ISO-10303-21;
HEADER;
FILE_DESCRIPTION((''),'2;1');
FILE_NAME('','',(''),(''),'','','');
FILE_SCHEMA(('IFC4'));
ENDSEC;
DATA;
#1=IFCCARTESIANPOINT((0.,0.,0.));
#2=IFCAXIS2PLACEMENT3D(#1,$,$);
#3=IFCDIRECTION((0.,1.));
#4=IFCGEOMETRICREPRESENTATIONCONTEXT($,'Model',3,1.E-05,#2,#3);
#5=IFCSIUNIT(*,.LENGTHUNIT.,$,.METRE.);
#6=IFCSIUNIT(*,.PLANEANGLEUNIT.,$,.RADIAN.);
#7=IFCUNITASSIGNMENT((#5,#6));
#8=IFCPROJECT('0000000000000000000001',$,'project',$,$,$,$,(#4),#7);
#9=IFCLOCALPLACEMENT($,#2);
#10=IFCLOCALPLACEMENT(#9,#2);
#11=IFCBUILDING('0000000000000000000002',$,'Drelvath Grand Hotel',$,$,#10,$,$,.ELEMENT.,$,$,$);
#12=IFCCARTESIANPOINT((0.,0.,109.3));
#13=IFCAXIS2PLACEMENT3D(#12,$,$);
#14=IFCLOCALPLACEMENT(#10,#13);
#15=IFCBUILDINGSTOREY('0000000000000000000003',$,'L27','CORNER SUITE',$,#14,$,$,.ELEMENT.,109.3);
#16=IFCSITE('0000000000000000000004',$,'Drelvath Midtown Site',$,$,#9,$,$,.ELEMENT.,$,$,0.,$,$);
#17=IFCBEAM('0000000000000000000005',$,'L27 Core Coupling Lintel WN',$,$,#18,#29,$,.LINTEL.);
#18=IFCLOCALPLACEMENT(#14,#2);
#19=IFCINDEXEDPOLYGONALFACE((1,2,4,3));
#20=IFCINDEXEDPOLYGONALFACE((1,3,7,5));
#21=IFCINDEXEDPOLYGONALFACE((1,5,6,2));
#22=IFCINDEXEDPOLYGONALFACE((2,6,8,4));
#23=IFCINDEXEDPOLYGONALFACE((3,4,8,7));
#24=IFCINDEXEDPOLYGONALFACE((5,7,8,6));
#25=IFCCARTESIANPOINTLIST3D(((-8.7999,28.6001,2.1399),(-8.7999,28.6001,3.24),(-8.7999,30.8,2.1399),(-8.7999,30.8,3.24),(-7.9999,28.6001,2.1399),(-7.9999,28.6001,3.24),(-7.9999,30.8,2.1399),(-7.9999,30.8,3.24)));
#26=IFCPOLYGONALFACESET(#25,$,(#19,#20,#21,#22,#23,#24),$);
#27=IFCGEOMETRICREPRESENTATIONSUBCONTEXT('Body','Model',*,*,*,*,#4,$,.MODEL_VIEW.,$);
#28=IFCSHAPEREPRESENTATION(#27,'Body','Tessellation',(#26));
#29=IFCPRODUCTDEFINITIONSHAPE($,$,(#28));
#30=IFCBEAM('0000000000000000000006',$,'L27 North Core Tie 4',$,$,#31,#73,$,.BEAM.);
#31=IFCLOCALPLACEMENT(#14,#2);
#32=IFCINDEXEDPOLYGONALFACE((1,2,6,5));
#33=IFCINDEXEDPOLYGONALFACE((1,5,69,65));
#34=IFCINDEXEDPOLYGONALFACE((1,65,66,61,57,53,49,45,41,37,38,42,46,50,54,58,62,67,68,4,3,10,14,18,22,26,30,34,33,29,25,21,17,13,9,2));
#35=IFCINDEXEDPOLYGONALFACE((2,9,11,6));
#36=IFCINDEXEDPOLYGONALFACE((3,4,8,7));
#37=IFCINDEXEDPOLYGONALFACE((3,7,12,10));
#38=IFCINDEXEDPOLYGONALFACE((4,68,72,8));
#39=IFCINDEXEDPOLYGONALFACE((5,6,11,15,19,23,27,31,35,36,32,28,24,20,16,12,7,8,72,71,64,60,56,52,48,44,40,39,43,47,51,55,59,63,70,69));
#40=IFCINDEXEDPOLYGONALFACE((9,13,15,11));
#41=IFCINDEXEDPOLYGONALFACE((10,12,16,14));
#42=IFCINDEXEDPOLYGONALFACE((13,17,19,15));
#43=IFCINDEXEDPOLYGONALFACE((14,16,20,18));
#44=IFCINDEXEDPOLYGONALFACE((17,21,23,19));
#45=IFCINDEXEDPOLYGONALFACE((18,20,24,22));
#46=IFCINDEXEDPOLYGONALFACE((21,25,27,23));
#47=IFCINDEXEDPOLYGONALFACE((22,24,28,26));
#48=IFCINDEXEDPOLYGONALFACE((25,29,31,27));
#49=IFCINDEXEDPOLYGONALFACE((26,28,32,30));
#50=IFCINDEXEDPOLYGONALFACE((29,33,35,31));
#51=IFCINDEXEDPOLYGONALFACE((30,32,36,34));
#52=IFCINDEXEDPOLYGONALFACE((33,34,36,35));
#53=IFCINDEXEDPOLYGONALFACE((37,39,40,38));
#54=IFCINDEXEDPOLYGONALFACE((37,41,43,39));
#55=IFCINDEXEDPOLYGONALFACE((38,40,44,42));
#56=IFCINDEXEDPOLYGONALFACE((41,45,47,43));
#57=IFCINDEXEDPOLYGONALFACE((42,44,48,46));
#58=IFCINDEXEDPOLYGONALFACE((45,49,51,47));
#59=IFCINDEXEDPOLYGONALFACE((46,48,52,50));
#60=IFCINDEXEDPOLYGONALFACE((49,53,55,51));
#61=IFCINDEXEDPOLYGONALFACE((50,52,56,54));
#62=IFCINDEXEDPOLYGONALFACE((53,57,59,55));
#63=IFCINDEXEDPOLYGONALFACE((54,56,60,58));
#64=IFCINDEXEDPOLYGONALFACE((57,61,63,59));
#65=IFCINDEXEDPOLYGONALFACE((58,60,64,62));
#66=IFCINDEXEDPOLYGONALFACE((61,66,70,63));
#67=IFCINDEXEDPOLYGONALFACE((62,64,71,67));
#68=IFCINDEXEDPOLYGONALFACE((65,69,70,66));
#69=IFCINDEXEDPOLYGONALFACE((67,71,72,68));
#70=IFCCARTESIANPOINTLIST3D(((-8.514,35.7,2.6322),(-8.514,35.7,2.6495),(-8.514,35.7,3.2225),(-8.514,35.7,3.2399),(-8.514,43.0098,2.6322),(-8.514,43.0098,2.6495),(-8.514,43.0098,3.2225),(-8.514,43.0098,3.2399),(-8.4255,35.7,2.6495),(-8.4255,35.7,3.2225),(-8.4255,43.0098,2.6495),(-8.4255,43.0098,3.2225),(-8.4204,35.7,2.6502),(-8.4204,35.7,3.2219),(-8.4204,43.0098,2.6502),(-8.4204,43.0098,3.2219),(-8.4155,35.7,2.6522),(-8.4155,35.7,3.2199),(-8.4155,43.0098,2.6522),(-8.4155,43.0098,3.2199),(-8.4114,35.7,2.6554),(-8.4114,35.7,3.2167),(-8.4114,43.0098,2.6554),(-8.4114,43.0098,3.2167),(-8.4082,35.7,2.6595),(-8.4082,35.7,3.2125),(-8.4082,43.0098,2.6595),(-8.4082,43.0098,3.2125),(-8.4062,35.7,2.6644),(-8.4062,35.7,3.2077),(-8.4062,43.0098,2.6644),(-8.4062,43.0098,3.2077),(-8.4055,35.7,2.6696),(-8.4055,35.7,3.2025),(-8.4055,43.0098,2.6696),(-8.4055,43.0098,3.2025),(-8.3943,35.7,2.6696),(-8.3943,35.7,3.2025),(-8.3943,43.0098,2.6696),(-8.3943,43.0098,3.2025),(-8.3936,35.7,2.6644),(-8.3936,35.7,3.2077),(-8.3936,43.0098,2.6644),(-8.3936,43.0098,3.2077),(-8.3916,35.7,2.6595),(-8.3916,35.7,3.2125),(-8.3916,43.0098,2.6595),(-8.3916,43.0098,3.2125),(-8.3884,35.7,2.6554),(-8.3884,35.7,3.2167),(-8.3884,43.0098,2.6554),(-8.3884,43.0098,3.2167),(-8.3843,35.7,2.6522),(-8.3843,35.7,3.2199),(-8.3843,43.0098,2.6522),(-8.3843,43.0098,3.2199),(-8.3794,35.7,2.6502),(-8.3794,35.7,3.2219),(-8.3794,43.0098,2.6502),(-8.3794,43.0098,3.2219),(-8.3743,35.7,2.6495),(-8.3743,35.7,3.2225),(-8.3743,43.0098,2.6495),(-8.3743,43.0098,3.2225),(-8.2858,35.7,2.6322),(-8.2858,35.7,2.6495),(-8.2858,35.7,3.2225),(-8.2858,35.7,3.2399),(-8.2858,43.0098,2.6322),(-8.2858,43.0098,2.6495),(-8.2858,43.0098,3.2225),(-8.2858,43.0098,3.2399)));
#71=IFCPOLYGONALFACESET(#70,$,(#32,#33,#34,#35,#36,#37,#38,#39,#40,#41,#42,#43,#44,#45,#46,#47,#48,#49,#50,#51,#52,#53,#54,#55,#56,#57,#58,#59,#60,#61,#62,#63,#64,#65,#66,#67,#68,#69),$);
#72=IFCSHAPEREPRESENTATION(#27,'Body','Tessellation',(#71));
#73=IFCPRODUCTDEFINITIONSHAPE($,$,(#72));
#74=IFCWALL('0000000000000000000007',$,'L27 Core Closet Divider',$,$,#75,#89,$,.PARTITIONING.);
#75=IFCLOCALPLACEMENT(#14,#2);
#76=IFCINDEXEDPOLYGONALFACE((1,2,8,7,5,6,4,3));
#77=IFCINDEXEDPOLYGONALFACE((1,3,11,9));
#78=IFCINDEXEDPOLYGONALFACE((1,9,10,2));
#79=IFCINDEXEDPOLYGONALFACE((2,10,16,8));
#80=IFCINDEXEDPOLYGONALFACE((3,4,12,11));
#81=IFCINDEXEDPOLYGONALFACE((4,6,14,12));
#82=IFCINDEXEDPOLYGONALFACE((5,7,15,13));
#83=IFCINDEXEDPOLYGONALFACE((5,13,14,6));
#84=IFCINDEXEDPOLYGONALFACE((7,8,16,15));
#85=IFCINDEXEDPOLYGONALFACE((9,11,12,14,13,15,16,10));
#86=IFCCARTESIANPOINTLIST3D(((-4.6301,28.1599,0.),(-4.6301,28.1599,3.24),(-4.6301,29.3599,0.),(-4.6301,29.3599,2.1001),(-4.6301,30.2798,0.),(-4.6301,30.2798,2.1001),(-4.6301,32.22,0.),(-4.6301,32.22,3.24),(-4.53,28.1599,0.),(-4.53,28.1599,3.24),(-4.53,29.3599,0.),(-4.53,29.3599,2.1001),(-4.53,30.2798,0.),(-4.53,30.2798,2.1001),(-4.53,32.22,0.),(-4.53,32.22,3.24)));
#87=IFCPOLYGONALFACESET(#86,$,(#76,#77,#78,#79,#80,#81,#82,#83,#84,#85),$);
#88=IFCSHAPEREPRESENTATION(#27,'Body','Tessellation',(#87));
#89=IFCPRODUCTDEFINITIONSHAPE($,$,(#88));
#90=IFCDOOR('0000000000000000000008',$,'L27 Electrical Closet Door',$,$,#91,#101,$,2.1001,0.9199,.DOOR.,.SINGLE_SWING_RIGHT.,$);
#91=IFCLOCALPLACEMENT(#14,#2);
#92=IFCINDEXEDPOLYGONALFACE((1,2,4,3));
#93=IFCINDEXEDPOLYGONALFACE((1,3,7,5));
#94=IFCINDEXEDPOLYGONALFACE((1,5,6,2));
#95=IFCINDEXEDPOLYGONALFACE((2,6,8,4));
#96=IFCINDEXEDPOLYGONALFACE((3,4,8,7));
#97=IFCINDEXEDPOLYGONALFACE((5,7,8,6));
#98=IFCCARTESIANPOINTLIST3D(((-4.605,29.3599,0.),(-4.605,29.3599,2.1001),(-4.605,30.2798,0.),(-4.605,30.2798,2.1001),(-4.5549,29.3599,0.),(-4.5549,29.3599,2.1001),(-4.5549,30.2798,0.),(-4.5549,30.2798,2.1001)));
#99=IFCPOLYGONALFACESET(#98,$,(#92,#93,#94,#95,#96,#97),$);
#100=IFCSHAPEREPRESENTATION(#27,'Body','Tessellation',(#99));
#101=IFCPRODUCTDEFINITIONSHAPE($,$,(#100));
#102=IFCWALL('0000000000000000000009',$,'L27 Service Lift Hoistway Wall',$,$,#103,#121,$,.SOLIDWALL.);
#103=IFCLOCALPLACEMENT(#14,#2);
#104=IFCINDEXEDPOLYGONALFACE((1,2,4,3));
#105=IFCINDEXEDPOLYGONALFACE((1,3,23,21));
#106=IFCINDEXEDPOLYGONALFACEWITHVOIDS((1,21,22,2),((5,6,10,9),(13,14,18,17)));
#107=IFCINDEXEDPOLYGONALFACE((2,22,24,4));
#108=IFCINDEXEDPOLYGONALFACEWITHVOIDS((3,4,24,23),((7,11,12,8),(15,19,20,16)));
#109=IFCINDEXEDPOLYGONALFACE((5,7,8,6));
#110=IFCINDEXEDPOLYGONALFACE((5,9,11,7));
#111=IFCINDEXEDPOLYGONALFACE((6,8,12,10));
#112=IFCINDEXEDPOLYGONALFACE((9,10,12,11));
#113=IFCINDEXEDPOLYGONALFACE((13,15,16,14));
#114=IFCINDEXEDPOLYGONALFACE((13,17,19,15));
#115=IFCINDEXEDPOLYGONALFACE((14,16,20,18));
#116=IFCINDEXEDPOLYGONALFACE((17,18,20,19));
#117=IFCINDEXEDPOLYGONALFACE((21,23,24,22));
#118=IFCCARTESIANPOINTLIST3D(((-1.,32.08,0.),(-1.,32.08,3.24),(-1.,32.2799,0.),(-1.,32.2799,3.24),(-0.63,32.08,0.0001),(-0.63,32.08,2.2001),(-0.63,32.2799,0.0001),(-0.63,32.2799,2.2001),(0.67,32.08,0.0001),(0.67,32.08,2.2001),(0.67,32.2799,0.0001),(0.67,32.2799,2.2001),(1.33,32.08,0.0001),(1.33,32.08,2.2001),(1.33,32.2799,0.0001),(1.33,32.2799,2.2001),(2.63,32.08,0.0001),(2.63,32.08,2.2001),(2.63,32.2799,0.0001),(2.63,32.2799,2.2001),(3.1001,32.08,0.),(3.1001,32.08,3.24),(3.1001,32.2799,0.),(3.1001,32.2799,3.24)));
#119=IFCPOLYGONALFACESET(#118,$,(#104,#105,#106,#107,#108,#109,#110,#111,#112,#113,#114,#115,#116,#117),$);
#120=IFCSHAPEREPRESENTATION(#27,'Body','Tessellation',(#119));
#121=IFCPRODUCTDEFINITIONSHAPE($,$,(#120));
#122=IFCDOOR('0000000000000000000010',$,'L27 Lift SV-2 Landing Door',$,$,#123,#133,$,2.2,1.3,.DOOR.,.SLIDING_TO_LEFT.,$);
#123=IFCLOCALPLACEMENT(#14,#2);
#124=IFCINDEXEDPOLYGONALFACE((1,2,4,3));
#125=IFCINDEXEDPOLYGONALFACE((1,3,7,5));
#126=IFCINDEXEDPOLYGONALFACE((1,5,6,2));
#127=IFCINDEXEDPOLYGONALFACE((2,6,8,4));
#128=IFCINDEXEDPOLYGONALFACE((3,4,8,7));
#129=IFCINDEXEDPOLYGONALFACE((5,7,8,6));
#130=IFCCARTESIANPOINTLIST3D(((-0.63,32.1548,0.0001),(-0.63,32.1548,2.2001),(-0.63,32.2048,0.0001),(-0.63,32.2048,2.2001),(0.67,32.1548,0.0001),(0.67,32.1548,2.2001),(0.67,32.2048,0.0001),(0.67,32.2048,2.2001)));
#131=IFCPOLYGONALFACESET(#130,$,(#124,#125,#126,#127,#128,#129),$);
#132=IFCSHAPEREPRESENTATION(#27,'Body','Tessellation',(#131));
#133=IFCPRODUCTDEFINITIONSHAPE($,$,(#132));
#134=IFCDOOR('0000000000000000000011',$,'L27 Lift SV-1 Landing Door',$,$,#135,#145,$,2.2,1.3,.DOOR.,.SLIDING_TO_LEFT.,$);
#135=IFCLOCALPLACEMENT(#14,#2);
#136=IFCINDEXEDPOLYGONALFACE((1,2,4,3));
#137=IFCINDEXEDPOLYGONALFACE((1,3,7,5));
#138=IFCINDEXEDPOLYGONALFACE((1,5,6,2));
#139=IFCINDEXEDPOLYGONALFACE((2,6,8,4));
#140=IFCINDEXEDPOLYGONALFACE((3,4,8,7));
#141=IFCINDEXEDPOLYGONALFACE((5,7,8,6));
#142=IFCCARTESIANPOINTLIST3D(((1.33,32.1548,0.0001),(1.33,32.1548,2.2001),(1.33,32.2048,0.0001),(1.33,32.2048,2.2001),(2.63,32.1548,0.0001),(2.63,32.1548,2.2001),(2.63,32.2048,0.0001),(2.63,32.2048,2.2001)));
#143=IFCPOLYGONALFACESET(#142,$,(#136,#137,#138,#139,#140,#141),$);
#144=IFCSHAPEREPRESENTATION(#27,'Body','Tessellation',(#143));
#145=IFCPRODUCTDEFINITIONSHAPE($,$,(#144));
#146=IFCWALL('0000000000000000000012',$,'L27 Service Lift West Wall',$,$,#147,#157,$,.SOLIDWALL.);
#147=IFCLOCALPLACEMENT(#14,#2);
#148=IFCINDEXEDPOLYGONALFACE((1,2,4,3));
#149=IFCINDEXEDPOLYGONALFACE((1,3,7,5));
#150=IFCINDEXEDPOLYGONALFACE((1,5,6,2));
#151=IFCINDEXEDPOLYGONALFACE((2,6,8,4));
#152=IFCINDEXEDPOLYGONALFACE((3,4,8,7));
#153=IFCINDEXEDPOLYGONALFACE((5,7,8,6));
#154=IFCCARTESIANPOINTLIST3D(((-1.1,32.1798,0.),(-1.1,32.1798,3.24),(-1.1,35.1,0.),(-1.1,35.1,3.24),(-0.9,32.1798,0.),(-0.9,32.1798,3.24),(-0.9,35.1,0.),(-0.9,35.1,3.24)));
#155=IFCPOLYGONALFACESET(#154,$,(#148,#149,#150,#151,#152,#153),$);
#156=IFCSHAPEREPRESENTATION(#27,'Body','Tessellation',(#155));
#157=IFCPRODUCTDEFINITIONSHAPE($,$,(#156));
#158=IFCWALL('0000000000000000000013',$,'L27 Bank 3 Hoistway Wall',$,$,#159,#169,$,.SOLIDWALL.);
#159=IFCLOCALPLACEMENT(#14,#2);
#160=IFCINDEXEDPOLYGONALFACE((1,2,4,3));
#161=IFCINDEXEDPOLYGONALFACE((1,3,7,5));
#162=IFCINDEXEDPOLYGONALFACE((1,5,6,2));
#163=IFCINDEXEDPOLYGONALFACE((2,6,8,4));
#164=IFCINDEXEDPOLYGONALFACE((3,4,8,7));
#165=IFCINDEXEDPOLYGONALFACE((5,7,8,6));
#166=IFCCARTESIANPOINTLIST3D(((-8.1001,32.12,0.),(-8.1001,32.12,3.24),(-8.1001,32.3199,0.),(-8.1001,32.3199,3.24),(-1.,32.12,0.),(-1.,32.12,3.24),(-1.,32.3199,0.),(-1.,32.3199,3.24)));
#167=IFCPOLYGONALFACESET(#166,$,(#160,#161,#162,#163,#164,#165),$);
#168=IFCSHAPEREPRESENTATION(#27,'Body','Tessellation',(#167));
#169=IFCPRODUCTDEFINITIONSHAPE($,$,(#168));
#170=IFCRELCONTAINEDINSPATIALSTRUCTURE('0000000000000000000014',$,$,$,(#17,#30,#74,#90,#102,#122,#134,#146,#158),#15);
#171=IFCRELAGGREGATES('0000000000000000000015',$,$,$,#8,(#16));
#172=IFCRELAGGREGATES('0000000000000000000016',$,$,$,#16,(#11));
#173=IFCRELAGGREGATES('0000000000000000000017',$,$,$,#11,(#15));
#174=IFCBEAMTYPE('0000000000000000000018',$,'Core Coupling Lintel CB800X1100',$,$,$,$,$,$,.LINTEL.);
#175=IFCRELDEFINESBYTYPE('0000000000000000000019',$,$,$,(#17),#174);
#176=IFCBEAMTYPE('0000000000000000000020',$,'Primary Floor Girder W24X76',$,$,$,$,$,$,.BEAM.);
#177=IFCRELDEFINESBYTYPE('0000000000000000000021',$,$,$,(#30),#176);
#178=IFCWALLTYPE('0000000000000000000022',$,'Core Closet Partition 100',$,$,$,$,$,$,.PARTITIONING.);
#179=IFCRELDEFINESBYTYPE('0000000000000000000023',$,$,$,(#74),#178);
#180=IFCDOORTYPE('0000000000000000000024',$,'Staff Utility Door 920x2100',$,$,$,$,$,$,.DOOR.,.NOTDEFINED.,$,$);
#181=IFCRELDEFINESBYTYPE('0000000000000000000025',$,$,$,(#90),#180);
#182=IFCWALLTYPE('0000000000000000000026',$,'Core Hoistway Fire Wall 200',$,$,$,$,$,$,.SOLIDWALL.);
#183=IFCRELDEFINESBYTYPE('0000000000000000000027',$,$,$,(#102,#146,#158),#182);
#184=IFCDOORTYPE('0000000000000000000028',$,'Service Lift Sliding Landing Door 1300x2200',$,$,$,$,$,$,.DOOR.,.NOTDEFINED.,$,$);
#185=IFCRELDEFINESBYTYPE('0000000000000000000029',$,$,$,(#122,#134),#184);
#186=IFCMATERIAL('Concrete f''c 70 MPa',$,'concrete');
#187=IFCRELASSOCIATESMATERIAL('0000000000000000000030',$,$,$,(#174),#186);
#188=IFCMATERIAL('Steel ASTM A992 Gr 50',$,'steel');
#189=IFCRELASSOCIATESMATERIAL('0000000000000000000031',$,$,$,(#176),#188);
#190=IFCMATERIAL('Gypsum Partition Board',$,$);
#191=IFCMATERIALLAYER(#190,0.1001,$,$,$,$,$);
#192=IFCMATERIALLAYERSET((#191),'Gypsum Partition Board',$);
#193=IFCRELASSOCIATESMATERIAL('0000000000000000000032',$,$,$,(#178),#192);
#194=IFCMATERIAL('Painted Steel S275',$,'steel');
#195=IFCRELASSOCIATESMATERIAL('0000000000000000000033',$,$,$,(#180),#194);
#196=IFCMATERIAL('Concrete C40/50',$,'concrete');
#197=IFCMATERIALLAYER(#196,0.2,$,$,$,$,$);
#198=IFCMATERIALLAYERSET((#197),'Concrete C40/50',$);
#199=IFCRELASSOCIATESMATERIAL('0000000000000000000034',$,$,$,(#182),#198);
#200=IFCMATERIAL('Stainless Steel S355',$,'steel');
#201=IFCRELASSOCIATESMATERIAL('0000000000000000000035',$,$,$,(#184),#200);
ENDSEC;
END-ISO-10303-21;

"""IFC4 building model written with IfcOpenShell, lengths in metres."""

from ifc_helpers import new_model, si_unit, direction, frame, frame_2d, origin, origin_2d, place, context, subcontext, project, spatial, rectangle, i_section, extrude, material, layer, layer_set, material_profile, profile_set, type_object, element, fill, save


model = new_model("IFC4")

# Units and contexts
model_context = context("Model", 3, precision=1e-05, world=origin(), true_north=direction((0.0, 1.0)))
body_context = subcontext(model_context, "Body", "Model", "MODEL_VIEW")
ifc_project = project(units=[si_unit("LENGTHUNIT", "METRE"), si_unit("PLANEANGLEUNIT", "RADIAN")], contexts=[model_context])

# Site, building, storey
site_placement = place(None, origin())
site = spatial("IfcSite", under=ifc_project, at=site_placement, Name="Drelvath Midtown Site", CompositionType="ELEMENT", RefElevation=0.0)
building_placement = place(site_placement, origin())
building = spatial("IfcBuilding", under=site, at=building_placement, Name="Drelvath Grand Hotel", CompositionType="ELEMENT")
storey_placement = place(building_placement, frame((0.0, 0.0, 109.3)))
storey = spatial("IfcBuildingStorey", under=building, at=storey_placement, Name="L27", Description="CORNER SUITE", CompositionType="ELEMENT", Elevation=109.3)

# Beams
ifc_material_1 = material(Name="Concrete f'c 70 MPa", Category="concrete")
ifc_material_profile_1 = material_profile(ifc_material_1, rectangle(XDim=0.8, YDim=1.1001, at=origin_2d()), Name="CB800X1100")
ifc_profile_set_1 = profile_set([ifc_material_profile_1], Name="Concrete f'c 70 MPa")
beam_type_1 = type_object("IfcBeamType", Name="Core Coupling Lintel CB800X1100", PredefinedType="LINTEL", material=ifc_profile_set_1)
beam_1_placement = place(storey_placement, frame((-8.3999, 28.6001, 2.6899), z_axis=(0.0, 1.0, 0.0), x_axis=(-1.0, 0.0, 0.0)))
element("IfcBeam", 1, at=beam_1_placement, inside=storey, type_object=beam_type_1, Name="L27 Core Coupling Lintel WN", PredefinedType="LINTEL", context=body_context, shape_type="SweptSolid", body=[
    extrude(rectangle(XDim=0.8, YDim=1.1001, at=origin_2d()), origin(), (0.0, 0.0, 1.0), 2.2),
])
ifc_material_2 = material(Name="Steel ASTM A992 Gr 50", Category="steel")
ifc_material_profile_2 = material_profile(ifc_material_2, i_section(OverallWidth=0.2283, OverallDepth=0.6077, WebThickness=0.0112, FlangeThickness=0.0173, FilletRadius=0.02, at=origin_2d()), Name="W24X76")
ifc_profile_set_2 = profile_set([ifc_material_profile_2], Name="Steel ASTM A992 Gr 50")
beam_type_2 = type_object("IfcBeamType", Name="Primary Floor Girder W24X76", PredefinedType="BEAM", material=ifc_profile_set_2)
beam_2_placement = place(storey_placement, frame((-8.3999, 35.7, 2.936), z_axis=(0.0, 1.0, 0.0), x_axis=(-1.0, 0.0, 0.0)))
element("IfcBeam", 2, at=beam_2_placement, inside=storey, type_object=beam_type_2, Name="L27 North Core Tie 4", PredefinedType="BEAM", context=body_context, shape_type="SweptSolid", body=[
    extrude(i_section(OverallWidth=0.2283, OverallDepth=0.6077, WebThickness=0.0112, FlangeThickness=0.0173, FilletRadius=0.02, at=origin_2d()), origin(), (0.0, 0.0, 1.0), 7.3098),
])

# Wall, opening, door
ifc_material_3 = material(Name="Gypsum Partition Board")
ifc_layer_1 = layer(ifc_material_3, 0.1001)
ifc_layer_set_1 = layer_set([ifc_layer_1], Name="Gypsum Partition Board")
wall_type_1 = type_object("IfcWallType", Name="Core Closet Partition 100", PredefinedType="PARTITIONING", material=ifc_layer_set_1)
wall_1_placement = place(storey_placement, frame((-4.5801, 28.1599, 0.0), z_axis=(0.0, 0.0, 1.0), x_axis=(0.0, 1.0, 0.0)))
wall_1 = element("IfcWall", 3, at=wall_1_placement, inside=storey, type_object=wall_type_1, Name="L27 Core Closet Divider", PredefinedType="PARTITIONING", context=body_context, shape_type="SweptSolid", body=[
    extrude(rectangle(XDim=4.0601, YDim=0.1001, at=frame_2d((2.03, 0.0))), origin(), (0.0, 0.0, 1.0), 3.24),
])
opening_1_placement = place(wall_1_placement, frame((1.2, 0.0, 0.0)))
opening_1 = element("IfcOpeningElement", 4, at=opening_1_placement, cuts=wall_1, PredefinedType="OPENING", context=body_context, shape_type="SweptSolid", body=[
    extrude(rectangle(XDim=0.9199, YDim=2.1001, at=frame_2d((0.46, 1.05))), frame((0.0, 0.0601, 0.0), z_axis=(0.0, -1.0, 0.0), x_axis=(1.0, 0.0, 0.0)), (0.0, 0.0, 1.0), 0.1201),
])
ifc_material_4 = material(Name="Painted Steel S275", Category="steel")
door_type_1 = type_object("IfcDoorType", Name="Staff Utility Door 920x2100", OperationType="NOTDEFINED", PredefinedType="DOOR", material=ifc_material_4)
door_1_placement = place(opening_1_placement, origin())
door_1 = element("IfcDoor", 5, at=door_1_placement, inside=storey, type_object=door_type_1, Name="L27 Electrical Closet Door", OperationType="SINGLE_SWING_RIGHT", OverallHeight=2.1001, OverallWidth=0.9199, PredefinedType="DOOR", context=body_context, shape_type="SweptSolid", body=[
    extrude(rectangle(XDim=0.9199, YDim=2.1001, at=frame_2d((0.46, 1.05))), frame((0.0, 0.0249, 0.0), z_axis=(0.0, -1.0, 0.0), x_axis=(1.0, 0.0, 0.0)), (0.0, 0.0, 1.0), 0.05),
])
fill(opening_1, door_1)

# Wall, openings, doors
ifc_material_5 = material(Name="Concrete C40/50", Category="concrete")
ifc_layer_2 = layer(ifc_material_5, 0.2)
ifc_layer_set_2 = layer_set([ifc_layer_2], Name="Concrete C40/50")
wall_type_2 = type_object("IfcWallType", Name="Core Hoistway Fire Wall 200", PredefinedType="SOLIDWALL", material=ifc_layer_set_2)
wall_2_placement = place(storey_placement, frame((-1.0, 32.1799, 0.0), z_axis=(0.0, 0.0, 1.0), x_axis=(1.0, 0.0, 0.0)))
wall_2 = element("IfcWall", 6, at=wall_2_placement, inside=storey, type_object=wall_type_2, Name="L27 Service Lift Hoistway Wall", PredefinedType="SOLIDWALL", context=body_context, shape_type="SweptSolid", body=[
    extrude(rectangle(XDim=4.1001, YDim=0.2, at=frame_2d((2.05, 0.0))), origin(), (0.0, 0.0, 1.0), 3.24),
])
opening_2_placement = place(wall_2_placement, frame((0.3701, 0.0, 0.0)))
opening_2 = element("IfcOpeningElement", 7, at=opening_2_placement, cuts=wall_2, PredefinedType="OPENING", context=body_context, shape_type="SweptSolid", body=[
    extrude(rectangle(XDim=1.3, YDim=2.2, at=frame_2d((0.6499, 1.1001))), frame((0.0, 0.1099, 0.0), z_axis=(0.0, -1.0, 0.0), x_axis=(1.0, 0.0, 0.0)), (0.0, 0.0, 1.0), 0.22),
])
opening_3_placement = place(wall_2_placement, frame((2.3301, 0.0, 0.0)))
opening_3 = element("IfcOpeningElement", 8, at=opening_3_placement, cuts=wall_2, PredefinedType="OPENING", context=body_context, shape_type="SweptSolid", body=[
    extrude(rectangle(XDim=1.3, YDim=2.2, at=frame_2d((0.6499, 1.1001))), frame((0.0, 0.1099, 0.0), z_axis=(0.0, -1.0, 0.0), x_axis=(1.0, 0.0, 0.0)), (0.0, 0.0, 1.0), 0.22),
])
ifc_material_6 = material(Name="Stainless Steel S355", Category="steel")
door_type_2 = type_object("IfcDoorType", Name="Service Lift Sliding Landing Door 1300x2200", OperationType="NOTDEFINED", PredefinedType="DOOR", material=ifc_material_6)
door_2_placement = place(opening_2_placement, origin())
door_2 = element("IfcDoor", 9, at=door_2_placement, inside=storey, type_object=door_type_2, Name="L27 Lift SV-2 Landing Door", OperationType="SLIDING_TO_LEFT", OverallHeight=2.2, OverallWidth=1.3, PredefinedType="DOOR", context=body_context, shape_type="SweptSolid", body=[
    extrude(rectangle(XDim=1.3, YDim=2.2, at=frame_2d((0.6499, 1.1001))), frame((0.0, 0.0249, 0.0), z_axis=(0.0, -1.0, 0.0), x_axis=(1.0, 0.0, 0.0)), (0.0, 0.0, 1.0), 0.05),
])
fill(opening_2, door_2)
door_3_placement = place(opening_3_placement, origin())
door_3 = element("IfcDoor", 10, at=door_3_placement, inside=storey, type_object=door_type_2, Name="L27 Lift SV-1 Landing Door", OperationType="SLIDING_TO_LEFT", OverallHeight=2.2, OverallWidth=1.3, PredefinedType="DOOR", context=body_context, shape_type="SweptSolid", body=[
    extrude(rectangle(XDim=1.3, YDim=2.2, at=frame_2d((0.6499, 1.1001))), frame((0.0, 0.0249, 0.0), z_axis=(0.0, -1.0, 0.0), x_axis=(1.0, 0.0, 0.0)), (0.0, 0.0, 1.0), 0.05),
])
fill(opening_3, door_3)

# Walls
wall_3_placement = place(storey_placement, frame((-1.0, 32.1799, 0.0), z_axis=(0.0, 0.0, 1.0), x_axis=(0.0, 1.0, 0.0)))
element("IfcWall", 11, at=wall_3_placement, inside=storey, type_object=wall_type_2, Name="L27 Service Lift West Wall", PredefinedType="SOLIDWALL", context=body_context, shape_type="SweptSolid", body=[
    extrude(rectangle(XDim=2.9202, YDim=0.2, at=frame_2d((1.46, 0.0))), origin(), (0.0, 0.0, 1.0), 3.24),
])
wall_4_placement = place(storey_placement, frame((-8.1001, 32.22, 0.0), z_axis=(0.0, 0.0, 1.0), x_axis=(1.0, 0.0, 0.0)))
element("IfcWall", 12, at=wall_4_placement, inside=storey, type_object=wall_type_2, Name="L27 Bank 3 Hoistway Wall", PredefinedType="SOLIDWALL", context=body_context, shape_type="SweptSolid", body=[
    extrude(rectangle(XDim=7.1001, YDim=0.2, at=frame_2d((3.55, 0.0))), origin(), (0.0, 0.0, 1.0), 3.24),
])

save(model, "model.ifc")
